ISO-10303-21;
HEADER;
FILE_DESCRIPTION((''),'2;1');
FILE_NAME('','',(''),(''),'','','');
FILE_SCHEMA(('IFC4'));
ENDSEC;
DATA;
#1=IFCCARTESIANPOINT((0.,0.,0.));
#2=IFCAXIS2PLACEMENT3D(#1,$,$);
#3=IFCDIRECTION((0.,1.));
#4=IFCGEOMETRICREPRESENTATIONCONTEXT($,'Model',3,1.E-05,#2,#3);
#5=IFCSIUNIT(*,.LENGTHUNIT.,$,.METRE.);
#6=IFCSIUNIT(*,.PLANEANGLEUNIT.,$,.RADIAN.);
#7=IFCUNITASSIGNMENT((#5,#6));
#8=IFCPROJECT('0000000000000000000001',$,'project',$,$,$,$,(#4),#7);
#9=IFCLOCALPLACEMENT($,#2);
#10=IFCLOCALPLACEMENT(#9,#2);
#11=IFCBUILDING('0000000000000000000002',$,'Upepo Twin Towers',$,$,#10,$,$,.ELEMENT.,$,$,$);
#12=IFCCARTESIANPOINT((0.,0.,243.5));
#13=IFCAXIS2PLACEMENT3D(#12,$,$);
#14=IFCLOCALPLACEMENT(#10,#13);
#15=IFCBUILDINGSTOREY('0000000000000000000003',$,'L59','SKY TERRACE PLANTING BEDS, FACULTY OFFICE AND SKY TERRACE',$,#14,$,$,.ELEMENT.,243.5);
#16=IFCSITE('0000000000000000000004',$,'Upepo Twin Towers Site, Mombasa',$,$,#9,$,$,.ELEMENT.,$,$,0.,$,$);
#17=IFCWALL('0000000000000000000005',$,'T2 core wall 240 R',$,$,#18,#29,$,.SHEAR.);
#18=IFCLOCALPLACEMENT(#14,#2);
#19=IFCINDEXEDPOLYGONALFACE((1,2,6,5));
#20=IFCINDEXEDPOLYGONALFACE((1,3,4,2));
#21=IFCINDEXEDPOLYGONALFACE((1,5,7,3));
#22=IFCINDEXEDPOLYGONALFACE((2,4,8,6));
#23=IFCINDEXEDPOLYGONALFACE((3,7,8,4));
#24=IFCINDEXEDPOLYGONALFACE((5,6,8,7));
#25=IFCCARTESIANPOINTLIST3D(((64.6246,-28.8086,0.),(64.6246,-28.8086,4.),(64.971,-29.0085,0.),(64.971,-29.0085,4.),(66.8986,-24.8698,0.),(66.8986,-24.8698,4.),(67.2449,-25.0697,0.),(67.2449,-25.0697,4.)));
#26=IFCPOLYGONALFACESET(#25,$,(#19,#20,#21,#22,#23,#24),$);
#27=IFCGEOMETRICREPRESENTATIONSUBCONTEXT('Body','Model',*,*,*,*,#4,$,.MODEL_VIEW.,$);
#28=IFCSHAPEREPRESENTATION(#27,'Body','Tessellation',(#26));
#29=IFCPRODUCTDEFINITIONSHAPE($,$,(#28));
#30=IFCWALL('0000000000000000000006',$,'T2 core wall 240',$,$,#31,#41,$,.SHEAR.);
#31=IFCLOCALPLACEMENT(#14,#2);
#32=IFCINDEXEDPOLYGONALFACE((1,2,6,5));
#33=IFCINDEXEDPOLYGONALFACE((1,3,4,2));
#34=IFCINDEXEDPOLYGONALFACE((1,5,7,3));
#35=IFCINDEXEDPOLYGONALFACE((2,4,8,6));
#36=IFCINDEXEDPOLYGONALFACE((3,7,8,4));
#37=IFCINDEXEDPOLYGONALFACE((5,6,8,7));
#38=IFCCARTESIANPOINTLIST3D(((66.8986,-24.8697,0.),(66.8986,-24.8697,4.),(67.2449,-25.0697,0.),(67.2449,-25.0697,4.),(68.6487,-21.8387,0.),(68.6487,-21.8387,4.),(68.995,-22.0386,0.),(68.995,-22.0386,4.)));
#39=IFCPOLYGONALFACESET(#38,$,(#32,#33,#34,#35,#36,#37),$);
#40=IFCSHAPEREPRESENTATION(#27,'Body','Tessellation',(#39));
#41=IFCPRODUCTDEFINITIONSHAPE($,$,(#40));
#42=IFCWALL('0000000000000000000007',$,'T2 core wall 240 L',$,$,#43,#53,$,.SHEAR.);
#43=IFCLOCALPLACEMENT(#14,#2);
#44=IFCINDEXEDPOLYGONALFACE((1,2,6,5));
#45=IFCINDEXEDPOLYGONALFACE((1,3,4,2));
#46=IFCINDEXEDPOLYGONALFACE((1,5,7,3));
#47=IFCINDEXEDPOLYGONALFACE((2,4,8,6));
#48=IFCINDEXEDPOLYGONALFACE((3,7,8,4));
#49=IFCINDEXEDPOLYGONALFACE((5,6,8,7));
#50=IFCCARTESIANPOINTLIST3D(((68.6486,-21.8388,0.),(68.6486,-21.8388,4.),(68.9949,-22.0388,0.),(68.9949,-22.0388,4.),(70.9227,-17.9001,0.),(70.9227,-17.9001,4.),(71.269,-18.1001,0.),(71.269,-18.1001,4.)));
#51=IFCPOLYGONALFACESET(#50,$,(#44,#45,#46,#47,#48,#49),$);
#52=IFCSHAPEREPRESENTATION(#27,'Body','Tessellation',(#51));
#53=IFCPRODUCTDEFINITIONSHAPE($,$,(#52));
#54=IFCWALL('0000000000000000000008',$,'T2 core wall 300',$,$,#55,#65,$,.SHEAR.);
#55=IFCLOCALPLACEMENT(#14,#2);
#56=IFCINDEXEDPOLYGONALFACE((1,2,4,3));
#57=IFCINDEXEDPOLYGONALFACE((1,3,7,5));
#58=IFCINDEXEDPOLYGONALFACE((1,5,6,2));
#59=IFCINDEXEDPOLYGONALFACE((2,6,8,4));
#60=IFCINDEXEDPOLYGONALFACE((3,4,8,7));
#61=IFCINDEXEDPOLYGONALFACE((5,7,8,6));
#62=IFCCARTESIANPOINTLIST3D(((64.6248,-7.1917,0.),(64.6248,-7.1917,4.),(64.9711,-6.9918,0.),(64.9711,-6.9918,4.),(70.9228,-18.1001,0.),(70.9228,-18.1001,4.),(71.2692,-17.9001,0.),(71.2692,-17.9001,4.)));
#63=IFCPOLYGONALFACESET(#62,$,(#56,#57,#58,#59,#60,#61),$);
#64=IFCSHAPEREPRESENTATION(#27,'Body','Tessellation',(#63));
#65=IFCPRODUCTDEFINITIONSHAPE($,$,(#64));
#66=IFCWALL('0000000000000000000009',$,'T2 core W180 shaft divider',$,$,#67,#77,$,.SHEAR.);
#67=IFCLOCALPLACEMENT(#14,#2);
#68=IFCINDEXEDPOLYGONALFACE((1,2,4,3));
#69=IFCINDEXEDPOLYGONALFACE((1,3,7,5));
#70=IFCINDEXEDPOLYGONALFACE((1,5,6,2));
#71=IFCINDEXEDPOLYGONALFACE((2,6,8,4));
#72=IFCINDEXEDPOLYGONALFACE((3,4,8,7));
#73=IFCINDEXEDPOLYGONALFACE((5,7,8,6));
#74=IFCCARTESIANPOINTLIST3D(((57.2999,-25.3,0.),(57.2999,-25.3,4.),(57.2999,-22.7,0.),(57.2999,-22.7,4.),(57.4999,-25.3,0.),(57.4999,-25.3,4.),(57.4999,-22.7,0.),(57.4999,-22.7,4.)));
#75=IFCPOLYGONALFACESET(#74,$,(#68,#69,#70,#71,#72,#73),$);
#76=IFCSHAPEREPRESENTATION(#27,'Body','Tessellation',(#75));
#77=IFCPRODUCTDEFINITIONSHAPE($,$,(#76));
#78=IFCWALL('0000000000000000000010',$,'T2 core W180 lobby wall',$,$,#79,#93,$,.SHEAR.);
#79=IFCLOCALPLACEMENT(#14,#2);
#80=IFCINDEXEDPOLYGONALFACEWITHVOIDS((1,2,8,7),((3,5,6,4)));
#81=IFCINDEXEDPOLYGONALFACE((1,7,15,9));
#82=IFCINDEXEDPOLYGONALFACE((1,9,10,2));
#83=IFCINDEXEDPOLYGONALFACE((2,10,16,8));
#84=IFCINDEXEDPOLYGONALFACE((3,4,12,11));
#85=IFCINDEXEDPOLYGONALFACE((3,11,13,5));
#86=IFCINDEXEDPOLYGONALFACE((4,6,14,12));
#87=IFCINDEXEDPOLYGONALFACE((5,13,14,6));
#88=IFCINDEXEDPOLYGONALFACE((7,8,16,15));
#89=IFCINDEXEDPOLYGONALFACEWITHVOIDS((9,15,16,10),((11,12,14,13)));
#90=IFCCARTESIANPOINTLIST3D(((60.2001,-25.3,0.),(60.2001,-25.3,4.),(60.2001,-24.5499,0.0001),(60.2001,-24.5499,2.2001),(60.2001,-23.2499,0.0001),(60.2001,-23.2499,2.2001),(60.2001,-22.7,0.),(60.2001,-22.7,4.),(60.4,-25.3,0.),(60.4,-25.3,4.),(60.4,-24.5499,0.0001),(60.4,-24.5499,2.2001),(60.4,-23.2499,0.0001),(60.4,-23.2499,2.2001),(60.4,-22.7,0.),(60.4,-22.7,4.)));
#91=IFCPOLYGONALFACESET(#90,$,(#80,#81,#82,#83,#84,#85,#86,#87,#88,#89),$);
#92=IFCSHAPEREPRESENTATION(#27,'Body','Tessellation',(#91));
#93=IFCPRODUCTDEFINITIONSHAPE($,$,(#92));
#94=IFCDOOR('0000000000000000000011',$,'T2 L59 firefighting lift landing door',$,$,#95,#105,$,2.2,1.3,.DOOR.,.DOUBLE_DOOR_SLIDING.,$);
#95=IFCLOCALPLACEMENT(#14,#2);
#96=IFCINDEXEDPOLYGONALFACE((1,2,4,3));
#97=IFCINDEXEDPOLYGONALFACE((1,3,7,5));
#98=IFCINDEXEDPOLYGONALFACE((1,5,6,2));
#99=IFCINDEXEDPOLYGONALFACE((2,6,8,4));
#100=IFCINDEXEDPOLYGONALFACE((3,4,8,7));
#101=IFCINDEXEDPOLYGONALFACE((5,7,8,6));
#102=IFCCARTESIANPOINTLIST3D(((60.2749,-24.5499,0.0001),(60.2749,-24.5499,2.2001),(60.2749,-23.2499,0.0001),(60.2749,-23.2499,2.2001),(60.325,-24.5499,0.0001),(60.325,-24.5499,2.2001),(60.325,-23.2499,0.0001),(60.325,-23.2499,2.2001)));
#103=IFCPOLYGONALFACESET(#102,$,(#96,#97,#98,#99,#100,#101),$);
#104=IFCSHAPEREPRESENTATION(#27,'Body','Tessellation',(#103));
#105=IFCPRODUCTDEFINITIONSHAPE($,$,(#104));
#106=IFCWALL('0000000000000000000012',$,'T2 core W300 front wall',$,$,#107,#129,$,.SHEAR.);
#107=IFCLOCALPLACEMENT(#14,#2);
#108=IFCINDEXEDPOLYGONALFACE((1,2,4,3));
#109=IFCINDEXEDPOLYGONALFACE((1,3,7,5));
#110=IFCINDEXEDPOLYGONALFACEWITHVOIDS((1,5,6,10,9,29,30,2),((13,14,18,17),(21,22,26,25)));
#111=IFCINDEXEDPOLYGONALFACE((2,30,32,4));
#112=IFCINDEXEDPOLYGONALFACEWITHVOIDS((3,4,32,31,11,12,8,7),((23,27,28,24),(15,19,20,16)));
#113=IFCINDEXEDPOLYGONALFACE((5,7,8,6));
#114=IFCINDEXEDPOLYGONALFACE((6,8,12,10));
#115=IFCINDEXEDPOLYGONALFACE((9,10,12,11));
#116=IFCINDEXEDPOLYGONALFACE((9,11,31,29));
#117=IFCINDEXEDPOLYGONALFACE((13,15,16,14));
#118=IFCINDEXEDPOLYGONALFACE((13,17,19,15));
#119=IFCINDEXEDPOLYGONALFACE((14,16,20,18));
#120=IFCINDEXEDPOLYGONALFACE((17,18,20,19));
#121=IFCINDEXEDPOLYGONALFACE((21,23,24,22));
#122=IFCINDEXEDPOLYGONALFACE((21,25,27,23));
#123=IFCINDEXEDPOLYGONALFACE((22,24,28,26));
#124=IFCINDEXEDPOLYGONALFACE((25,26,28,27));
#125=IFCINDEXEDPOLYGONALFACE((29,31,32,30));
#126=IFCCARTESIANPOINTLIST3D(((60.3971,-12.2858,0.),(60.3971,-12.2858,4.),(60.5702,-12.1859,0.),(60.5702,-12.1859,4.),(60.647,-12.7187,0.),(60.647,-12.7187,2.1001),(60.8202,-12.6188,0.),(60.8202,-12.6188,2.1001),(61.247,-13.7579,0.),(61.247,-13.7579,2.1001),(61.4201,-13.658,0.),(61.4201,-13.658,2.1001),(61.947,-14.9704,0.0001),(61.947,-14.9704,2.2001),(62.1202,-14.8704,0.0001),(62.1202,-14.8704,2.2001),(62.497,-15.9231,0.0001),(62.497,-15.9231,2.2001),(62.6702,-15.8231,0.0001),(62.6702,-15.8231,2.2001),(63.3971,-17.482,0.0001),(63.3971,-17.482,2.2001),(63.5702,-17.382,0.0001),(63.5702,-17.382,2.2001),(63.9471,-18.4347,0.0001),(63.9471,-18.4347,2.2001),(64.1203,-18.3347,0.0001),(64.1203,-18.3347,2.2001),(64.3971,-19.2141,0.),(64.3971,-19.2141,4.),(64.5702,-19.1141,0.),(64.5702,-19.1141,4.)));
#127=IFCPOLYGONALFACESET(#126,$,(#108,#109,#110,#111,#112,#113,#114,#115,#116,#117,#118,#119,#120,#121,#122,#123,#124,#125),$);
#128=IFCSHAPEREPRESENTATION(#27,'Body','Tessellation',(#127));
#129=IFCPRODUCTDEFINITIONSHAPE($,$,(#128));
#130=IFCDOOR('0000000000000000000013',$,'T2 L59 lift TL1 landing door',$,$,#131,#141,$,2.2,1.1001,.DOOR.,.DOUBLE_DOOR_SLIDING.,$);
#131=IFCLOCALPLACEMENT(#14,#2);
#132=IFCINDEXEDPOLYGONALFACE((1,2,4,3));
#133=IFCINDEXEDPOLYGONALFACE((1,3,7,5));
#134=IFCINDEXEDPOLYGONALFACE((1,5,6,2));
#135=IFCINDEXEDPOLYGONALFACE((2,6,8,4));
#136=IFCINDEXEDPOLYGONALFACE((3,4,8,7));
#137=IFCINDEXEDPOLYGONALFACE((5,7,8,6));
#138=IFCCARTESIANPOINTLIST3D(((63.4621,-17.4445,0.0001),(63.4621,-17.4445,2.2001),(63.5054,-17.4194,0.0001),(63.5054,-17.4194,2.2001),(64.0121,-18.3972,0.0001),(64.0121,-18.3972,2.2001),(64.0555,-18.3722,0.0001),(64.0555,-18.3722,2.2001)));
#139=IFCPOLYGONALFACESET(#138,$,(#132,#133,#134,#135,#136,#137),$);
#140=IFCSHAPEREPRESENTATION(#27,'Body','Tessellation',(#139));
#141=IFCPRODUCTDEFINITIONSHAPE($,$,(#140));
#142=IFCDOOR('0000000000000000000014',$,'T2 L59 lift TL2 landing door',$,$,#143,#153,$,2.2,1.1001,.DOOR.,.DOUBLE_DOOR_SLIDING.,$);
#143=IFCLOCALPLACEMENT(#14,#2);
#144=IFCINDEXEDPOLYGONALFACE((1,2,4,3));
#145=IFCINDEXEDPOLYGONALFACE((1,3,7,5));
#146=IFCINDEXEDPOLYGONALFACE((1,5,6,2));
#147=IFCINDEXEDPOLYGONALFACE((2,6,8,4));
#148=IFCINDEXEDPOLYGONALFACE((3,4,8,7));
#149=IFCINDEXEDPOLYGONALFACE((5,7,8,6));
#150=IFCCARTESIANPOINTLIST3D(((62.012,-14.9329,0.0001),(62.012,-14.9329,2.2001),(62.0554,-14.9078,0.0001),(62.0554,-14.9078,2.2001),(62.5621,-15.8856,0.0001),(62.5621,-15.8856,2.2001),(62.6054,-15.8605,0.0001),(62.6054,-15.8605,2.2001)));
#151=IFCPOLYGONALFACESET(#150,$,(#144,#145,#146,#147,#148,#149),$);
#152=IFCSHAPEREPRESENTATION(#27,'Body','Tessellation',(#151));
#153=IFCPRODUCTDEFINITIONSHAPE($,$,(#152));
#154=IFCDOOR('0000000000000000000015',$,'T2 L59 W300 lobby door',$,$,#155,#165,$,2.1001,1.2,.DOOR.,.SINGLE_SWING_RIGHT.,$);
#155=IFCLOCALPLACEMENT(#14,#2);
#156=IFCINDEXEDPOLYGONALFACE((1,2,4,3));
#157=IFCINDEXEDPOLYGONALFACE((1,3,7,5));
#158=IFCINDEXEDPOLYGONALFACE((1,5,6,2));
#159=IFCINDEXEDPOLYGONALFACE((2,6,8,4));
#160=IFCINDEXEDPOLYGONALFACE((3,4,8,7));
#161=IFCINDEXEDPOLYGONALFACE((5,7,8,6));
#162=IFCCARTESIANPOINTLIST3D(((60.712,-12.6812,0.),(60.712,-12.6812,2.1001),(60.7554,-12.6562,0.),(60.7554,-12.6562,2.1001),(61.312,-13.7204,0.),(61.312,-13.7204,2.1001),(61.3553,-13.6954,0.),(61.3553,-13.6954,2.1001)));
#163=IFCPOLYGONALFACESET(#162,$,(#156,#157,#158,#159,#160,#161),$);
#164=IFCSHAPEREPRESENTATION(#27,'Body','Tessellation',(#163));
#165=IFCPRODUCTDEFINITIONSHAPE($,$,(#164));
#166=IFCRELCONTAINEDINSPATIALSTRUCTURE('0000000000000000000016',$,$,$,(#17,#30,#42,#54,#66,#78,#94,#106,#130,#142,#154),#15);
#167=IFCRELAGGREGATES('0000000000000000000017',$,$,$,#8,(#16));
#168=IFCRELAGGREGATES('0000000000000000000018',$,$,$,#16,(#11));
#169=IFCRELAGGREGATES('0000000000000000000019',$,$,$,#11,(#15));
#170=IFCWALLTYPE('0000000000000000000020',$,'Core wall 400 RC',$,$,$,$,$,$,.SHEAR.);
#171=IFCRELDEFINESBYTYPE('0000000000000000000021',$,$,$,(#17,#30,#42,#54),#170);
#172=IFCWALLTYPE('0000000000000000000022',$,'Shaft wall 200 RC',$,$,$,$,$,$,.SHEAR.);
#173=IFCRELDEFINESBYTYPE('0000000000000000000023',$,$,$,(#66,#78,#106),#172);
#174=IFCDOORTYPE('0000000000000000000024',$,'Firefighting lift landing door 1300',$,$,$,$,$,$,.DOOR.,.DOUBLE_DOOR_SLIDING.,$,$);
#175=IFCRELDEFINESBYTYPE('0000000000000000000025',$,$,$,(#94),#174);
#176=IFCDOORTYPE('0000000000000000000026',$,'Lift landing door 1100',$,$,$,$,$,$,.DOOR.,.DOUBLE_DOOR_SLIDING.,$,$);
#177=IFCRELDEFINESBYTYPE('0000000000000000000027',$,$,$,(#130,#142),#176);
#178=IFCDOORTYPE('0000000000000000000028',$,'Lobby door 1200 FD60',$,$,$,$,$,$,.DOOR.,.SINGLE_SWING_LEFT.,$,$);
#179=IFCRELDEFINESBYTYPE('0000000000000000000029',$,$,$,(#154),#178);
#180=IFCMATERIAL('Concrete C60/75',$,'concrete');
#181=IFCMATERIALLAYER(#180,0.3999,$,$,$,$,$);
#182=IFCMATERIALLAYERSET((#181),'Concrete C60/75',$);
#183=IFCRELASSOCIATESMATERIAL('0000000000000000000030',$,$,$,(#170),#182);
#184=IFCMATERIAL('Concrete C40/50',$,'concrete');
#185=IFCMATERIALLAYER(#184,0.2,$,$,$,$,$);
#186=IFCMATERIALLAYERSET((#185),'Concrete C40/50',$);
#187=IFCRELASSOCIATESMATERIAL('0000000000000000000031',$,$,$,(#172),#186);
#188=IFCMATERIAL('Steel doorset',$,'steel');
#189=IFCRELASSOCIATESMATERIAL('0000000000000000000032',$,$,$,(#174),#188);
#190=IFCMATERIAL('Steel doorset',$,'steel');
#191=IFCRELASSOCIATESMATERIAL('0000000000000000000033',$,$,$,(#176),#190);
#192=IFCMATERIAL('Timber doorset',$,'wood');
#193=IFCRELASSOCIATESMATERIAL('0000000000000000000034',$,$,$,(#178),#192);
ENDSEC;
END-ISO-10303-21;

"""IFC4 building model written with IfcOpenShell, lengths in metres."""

from ifc_helpers import new_model, si_unit, direction, frame, frame_2d, origin, place, context, subcontext, project, spatial, rectangle, extrude, material, layer, layer_set, type_object, element, fill, save


model = new_model("IFC4")

# Units and contexts
model_context = context("Model", 3, precision=1e-05, world=origin(), true_north=direction((0.0, 1.0)))
body_context = subcontext(model_context, "Body", "Model", "MODEL_VIEW")
ifc_project = project(units=[si_unit("LENGTHUNIT", "METRE"), si_unit("PLANEANGLEUNIT", "RADIAN")], contexts=[model_context])

# Site, building, storey
site_placement = place(None, origin())
site = spatial("IfcSite", under=ifc_project, at=site_placement, Name="Upepo Twin Towers Site, Mombasa", CompositionType="ELEMENT", RefElevation=0.0)
building_placement = place(site_placement, origin())
building = spatial("IfcBuilding", under=site, at=building_placement, Name="Upepo Twin Towers", CompositionType="ELEMENT")
storey_placement = place(building_placement, frame((0.0, 0.0, 243.5)))
storey = spatial("IfcBuildingStorey", under=building, at=storey_placement, Name="L59", Description="SKY TERRACE PLANTING BEDS, FACULTY OFFICE AND SKY TERRACE", CompositionType="ELEMENT", Elevation=243.5)

# Walls
ifc_material_1 = material(Name="Concrete C60/75", Category="concrete")
ifc_layer_1 = layer(ifc_material_1, 0.3999)
ifc_layer_set_1 = layer_set([ifc_layer_1], Name="Concrete C60/75")
wall_type_1 = type_object("IfcWallType", Name="Core wall 400 RC", PredefinedType="SHEAR", material=ifc_layer_set_1)
wall_1_placement = place(storey_placement, frame((64.7979, -28.9084, 0.0), z_axis=(0.0, 0.0, 1.0), x_axis=(0.499984, 0.866035, 0.0)))
element("IfcWall", 1, at=wall_1_placement, inside=storey, type_object=wall_type_1, Name="T2 core wall 240 R", PredefinedType="SHEAR", context=body_context, shape_type="SweptSolid", body=[
    extrude(rectangle(XDim=4.5481, YDim=0.3999, at=frame_2d((2.2739, 0.0))), origin(), (0.0, 0.0, 1.0), 4.0),
])
wall_2_placement = place(storey_placement, frame((67.0718, -24.9697, 0.0), z_axis=(0.0, 0.0, 1.0), x_axis=(0.50001, 0.866019, 0.0)))
element("IfcWall", 2, at=wall_2_placement, inside=storey, type_object=wall_type_1, Name="T2 core wall 240", PredefinedType="SHEAR", context=body_context, shape_type="SweptSolid", body=[
    extrude(rectangle(XDim=3.5, YDim=0.3999, at=frame_2d((1.75, 0.0))), origin(), (0.0, 0.0, 1.0), 4.0),
])
wall_3_placement = place(storey_placement, frame((68.8218, -21.9387, 0.0), z_axis=(0.0, 0.0, 1.0), x_axis=(0.500024, 0.866011, 0.0)))
element("IfcWall", 3, at=wall_3_placement, inside=storey, type_object=wall_type_1, Name="T2 core wall 240 L", PredefinedType="SHEAR", context=body_context, shape_type="SweptSolid", body=[
    extrude(rectangle(XDim=4.5481, YDim=0.3999, at=frame_2d((2.2739, 0.0))), origin(), (0.0, 0.0, 1.0), 4.0),
])
wall_4_placement = place(storey_placement, frame((71.0959, -18.0, 0.0), z_axis=(0.0, 0.0, 1.0), x_axis=(-0.500006, 0.866022, 0.0)))
element("IfcWall", 4, at=wall_4_placement, inside=storey, type_object=wall_type_1, Name="T2 core wall 300", PredefinedType="SHEAR", context=body_context, shape_type="SweptSolid", body=[
    extrude(rectangle(XDim=12.5959, YDim=0.3999, at=frame_2d((6.2979, 0.0))), origin(), (0.0, 0.0, 1.0), 4.0),
])
ifc_material_2 = material(Name="Concrete C40/50", Category="concrete")
ifc_layer_2 = layer(ifc_material_2, 0.2)
ifc_layer_set_2 = layer_set([ifc_layer_2], Name="Concrete C40/50")
wall_type_2 = type_object("IfcWallType", Name="Shaft wall 200 RC", PredefinedType="SHEAR", material=ifc_layer_set_2)
wall_5_placement = place(storey_placement, frame((57.3999, -22.7, 0.0), z_axis=(0.0, 0.0, 1.0), x_axis=(0.0, -1.0, 0.0)))
element("IfcWall", 5, at=wall_5_placement, inside=storey, type_object=wall_type_2, Name="T2 core W180 shaft divider", PredefinedType="SHEAR", context=body_context, shape_type="SweptSolid", body=[
    extrude(rectangle(XDim=2.6001, YDim=0.2, at=frame_2d((1.3, 0.0))), origin(), (0.0, 0.0, 1.0), 4.0),
])

# Wall, opening, door
wall_6_placement = place(storey_placement, frame((60.3, -22.7, 0.0), z_axis=(0.0, 0.0, 1.0), x_axis=(0.0, -1.0, 0.0)))
wall_6 = element("IfcWall", 6, at=wall_6_placement, inside=storey, type_object=wall_type_2, Name="T2 core W180 lobby wall", PredefinedType="SHEAR", context=body_context, shape_type="SweptSolid", body=[
    extrude(rectangle(XDim=2.6001, YDim=0.2, at=frame_2d((1.3, 0.0))), origin(), (0.0, 0.0, 1.0), 4.0),
])
opening_1_placement = place(wall_6_placement, frame((0.55, 0.0, 0.0)))
opening_1 = element("IfcOpeningElement", 7, at=opening_1_placement, cuts=wall_6, PredefinedType="OPENING", context=body_context, shape_type="SweptSolid", body=[
    extrude(rectangle(XDim=1.3, YDim=2.2, at=frame_2d((0.6499, 1.1001))), frame((0.0, 0.1099, 0.0), z_axis=(0.0, -1.0, 0.0), x_axis=(1.0, 0.0, 0.0)), (0.0, 0.0, 1.0), 0.22),
])
ifc_material_3 = material(Name="Steel doorset", Category="steel")
door_type_1 = type_object("IfcDoorType", Name="Firefighting lift landing door 1300", OperationType="DOUBLE_DOOR_SLIDING", PredefinedType="DOOR", material=ifc_material_3)
door_1_placement = place(opening_1_placement, origin())
door_1 = element("IfcDoor", 8, at=door_1_placement, inside=storey, type_object=door_type_1, Name="T2 L59 firefighting lift landing door", OperationType="DOUBLE_DOOR_SLIDING", OverallHeight=2.2, OverallWidth=1.3, PredefinedType="DOOR", context=body_context, shape_type="SweptSolid", body=[
    extrude(rectangle(XDim=1.3, YDim=2.2, at=frame_2d((0.6499, 1.1001))), frame((0.0, 0.0249, 0.0), z_axis=(0.0, -1.0, 0.0), x_axis=(1.0, 0.0, 0.0)), (0.0, 0.0, 1.0), 0.05),
])
fill(opening_1, door_1)

# Wall, openings, doors
wall_7_placement = place(storey_placement, frame((64.4836, -19.1641, 0.0), z_axis=(0.0, 0.0, 1.0), x_axis=(-0.499999, 0.866026, 0.0)))
wall_7 = element("IfcWall", 9, at=wall_7_placement, inside=storey, type_object=wall_type_2, Name="T2 core W300 front wall", PredefinedType="SHEAR", context=body_context, shape_type="SweptSolid", body=[
    extrude(rectangle(XDim=8.0, YDim=0.2, at=frame_2d((4.0, 0.0))), origin(), (0.0, 0.0, 1.0), 4.0),
])
opening_2_placement = place(wall_7_placement, frame((6.3, 0.0, 0.0)))
opening_2 = element("IfcOpeningElement", 10, at=opening_2_placement, cuts=wall_7, PredefinedType="OPENING", context=body_context, shape_type="SweptSolid", body=[
    extrude(rectangle(XDim=1.2, YDim=2.1001, at=frame_2d((0.6001, 1.05))), frame((0.0, 0.1099, 0.0), z_axis=(0.0, -1.0, 0.0), x_axis=(1.0, 0.0, 0.0)), (0.0, 0.0, 1.0), 0.22),
])
opening_3_placement = place(wall_7_placement, frame((0.8999, 0.0, 0.0)))
opening_3 = element("IfcOpeningElement", 11, at=opening_3_placement, cuts=wall_7, PredefinedType="OPENING", context=body_context, shape_type="SweptSolid", body=[
    extrude(rectangle(XDim=1.1001, YDim=2.2, at=frame_2d((0.55, 1.1001))), frame((0.0, 0.1099, 0.0), z_axis=(0.0, -1.0, 0.0), x_axis=(1.0, 0.0, 0.0)), (0.0, 0.0, 1.0), 0.22),
])
opening_4_placement = place(wall_7_placement, frame((3.8, 0.0, 0.0)))
opening_4 = element("IfcOpeningElement", 12, at=opening_4_placement, cuts=wall_7, PredefinedType="OPENING", context=body_context, shape_type="SweptSolid", body=[
    extrude(rectangle(XDim=1.1001, YDim=2.2, at=frame_2d((0.55, 1.1001))), frame((0.0, 0.1099, 0.0), z_axis=(0.0, -1.0, 0.0), x_axis=(1.0, 0.0, 0.0)), (0.0, 0.0, 1.0), 0.22),
])
ifc_material_4 = material(Name="Steel doorset", Category="steel")
door_type_2 = type_object("IfcDoorType", Name="Lift landing door 1100", OperationType="DOUBLE_DOOR_SLIDING", PredefinedType="DOOR", material=ifc_material_4)
door_2_placement = place(opening_3_placement, origin())
door_2 = element("IfcDoor", 13, at=door_2_placement, inside=storey, type_object=door_type_2, Name="T2 L59 lift TL1 landing door", OperationType="DOUBLE_DOOR_SLIDING", OverallHeight=2.2, OverallWidth=1.1001, PredefinedType="DOOR", context=body_context, shape_type="SweptSolid", body=[
    extrude(rectangle(XDim=1.1001, YDim=2.2, at=frame_2d((0.55, 1.1001))), frame((0.0, 0.0249, 0.0), z_axis=(0.0, -1.0, 0.0), x_axis=(1.0, 0.0, 0.0)), (0.0, 0.0, 1.0), 0.05),
])
fill(opening_3, door_2)
door_3_placement = place(opening_4_placement, origin())
door_3 = element("IfcDoor", 14, at=door_3_placement, inside=storey, type_object=door_type_2, Name="T2 L59 lift TL2 landing door", OperationType="DOUBLE_DOOR_SLIDING", OverallHeight=2.2, OverallWidth=1.1001, PredefinedType="DOOR", context=body_context, shape_type="SweptSolid", body=[
    extrude(rectangle(XDim=1.1001, YDim=2.2, at=frame_2d((0.55, 1.1001))), frame((0.0, 0.0249, 0.0), z_axis=(0.0, -1.0, 0.0), x_axis=(1.0, 0.0, 0.0)), (0.0, 0.0, 1.0), 0.05),
])
fill(opening_4, door_3)
ifc_material_5 = material(Name="Timber doorset", Category="wood")
door_type_3 = type_object("IfcDoorType", Name="Lobby door 1200 FD60", OperationType="SINGLE_SWING_LEFT", PredefinedType="DOOR", material=ifc_material_5)
door_4_placement = place(opening_2_placement, origin())
door_4 = element("IfcDoor", 15, at=door_4_placement, inside=storey, type_object=door_type_3, Name="T2 L59 W300 lobby door", OperationType="SINGLE_SWING_RIGHT", OverallHeight=2.1001, OverallWidth=1.2, PredefinedType="DOOR", context=body_context, shape_type="SweptSolid", body=[
    extrude(rectangle(XDim=1.2, YDim=2.1001, at=frame_2d((0.6001, 1.05))), frame((0.0, 0.0249, 0.0), z_axis=(0.0, -1.0, 0.0), x_axis=(1.0, 0.0, 0.0)), (0.0, 0.0, 1.0), 0.05),
])
fill(opening_2, door_4)

save(model, "model.ifc")
